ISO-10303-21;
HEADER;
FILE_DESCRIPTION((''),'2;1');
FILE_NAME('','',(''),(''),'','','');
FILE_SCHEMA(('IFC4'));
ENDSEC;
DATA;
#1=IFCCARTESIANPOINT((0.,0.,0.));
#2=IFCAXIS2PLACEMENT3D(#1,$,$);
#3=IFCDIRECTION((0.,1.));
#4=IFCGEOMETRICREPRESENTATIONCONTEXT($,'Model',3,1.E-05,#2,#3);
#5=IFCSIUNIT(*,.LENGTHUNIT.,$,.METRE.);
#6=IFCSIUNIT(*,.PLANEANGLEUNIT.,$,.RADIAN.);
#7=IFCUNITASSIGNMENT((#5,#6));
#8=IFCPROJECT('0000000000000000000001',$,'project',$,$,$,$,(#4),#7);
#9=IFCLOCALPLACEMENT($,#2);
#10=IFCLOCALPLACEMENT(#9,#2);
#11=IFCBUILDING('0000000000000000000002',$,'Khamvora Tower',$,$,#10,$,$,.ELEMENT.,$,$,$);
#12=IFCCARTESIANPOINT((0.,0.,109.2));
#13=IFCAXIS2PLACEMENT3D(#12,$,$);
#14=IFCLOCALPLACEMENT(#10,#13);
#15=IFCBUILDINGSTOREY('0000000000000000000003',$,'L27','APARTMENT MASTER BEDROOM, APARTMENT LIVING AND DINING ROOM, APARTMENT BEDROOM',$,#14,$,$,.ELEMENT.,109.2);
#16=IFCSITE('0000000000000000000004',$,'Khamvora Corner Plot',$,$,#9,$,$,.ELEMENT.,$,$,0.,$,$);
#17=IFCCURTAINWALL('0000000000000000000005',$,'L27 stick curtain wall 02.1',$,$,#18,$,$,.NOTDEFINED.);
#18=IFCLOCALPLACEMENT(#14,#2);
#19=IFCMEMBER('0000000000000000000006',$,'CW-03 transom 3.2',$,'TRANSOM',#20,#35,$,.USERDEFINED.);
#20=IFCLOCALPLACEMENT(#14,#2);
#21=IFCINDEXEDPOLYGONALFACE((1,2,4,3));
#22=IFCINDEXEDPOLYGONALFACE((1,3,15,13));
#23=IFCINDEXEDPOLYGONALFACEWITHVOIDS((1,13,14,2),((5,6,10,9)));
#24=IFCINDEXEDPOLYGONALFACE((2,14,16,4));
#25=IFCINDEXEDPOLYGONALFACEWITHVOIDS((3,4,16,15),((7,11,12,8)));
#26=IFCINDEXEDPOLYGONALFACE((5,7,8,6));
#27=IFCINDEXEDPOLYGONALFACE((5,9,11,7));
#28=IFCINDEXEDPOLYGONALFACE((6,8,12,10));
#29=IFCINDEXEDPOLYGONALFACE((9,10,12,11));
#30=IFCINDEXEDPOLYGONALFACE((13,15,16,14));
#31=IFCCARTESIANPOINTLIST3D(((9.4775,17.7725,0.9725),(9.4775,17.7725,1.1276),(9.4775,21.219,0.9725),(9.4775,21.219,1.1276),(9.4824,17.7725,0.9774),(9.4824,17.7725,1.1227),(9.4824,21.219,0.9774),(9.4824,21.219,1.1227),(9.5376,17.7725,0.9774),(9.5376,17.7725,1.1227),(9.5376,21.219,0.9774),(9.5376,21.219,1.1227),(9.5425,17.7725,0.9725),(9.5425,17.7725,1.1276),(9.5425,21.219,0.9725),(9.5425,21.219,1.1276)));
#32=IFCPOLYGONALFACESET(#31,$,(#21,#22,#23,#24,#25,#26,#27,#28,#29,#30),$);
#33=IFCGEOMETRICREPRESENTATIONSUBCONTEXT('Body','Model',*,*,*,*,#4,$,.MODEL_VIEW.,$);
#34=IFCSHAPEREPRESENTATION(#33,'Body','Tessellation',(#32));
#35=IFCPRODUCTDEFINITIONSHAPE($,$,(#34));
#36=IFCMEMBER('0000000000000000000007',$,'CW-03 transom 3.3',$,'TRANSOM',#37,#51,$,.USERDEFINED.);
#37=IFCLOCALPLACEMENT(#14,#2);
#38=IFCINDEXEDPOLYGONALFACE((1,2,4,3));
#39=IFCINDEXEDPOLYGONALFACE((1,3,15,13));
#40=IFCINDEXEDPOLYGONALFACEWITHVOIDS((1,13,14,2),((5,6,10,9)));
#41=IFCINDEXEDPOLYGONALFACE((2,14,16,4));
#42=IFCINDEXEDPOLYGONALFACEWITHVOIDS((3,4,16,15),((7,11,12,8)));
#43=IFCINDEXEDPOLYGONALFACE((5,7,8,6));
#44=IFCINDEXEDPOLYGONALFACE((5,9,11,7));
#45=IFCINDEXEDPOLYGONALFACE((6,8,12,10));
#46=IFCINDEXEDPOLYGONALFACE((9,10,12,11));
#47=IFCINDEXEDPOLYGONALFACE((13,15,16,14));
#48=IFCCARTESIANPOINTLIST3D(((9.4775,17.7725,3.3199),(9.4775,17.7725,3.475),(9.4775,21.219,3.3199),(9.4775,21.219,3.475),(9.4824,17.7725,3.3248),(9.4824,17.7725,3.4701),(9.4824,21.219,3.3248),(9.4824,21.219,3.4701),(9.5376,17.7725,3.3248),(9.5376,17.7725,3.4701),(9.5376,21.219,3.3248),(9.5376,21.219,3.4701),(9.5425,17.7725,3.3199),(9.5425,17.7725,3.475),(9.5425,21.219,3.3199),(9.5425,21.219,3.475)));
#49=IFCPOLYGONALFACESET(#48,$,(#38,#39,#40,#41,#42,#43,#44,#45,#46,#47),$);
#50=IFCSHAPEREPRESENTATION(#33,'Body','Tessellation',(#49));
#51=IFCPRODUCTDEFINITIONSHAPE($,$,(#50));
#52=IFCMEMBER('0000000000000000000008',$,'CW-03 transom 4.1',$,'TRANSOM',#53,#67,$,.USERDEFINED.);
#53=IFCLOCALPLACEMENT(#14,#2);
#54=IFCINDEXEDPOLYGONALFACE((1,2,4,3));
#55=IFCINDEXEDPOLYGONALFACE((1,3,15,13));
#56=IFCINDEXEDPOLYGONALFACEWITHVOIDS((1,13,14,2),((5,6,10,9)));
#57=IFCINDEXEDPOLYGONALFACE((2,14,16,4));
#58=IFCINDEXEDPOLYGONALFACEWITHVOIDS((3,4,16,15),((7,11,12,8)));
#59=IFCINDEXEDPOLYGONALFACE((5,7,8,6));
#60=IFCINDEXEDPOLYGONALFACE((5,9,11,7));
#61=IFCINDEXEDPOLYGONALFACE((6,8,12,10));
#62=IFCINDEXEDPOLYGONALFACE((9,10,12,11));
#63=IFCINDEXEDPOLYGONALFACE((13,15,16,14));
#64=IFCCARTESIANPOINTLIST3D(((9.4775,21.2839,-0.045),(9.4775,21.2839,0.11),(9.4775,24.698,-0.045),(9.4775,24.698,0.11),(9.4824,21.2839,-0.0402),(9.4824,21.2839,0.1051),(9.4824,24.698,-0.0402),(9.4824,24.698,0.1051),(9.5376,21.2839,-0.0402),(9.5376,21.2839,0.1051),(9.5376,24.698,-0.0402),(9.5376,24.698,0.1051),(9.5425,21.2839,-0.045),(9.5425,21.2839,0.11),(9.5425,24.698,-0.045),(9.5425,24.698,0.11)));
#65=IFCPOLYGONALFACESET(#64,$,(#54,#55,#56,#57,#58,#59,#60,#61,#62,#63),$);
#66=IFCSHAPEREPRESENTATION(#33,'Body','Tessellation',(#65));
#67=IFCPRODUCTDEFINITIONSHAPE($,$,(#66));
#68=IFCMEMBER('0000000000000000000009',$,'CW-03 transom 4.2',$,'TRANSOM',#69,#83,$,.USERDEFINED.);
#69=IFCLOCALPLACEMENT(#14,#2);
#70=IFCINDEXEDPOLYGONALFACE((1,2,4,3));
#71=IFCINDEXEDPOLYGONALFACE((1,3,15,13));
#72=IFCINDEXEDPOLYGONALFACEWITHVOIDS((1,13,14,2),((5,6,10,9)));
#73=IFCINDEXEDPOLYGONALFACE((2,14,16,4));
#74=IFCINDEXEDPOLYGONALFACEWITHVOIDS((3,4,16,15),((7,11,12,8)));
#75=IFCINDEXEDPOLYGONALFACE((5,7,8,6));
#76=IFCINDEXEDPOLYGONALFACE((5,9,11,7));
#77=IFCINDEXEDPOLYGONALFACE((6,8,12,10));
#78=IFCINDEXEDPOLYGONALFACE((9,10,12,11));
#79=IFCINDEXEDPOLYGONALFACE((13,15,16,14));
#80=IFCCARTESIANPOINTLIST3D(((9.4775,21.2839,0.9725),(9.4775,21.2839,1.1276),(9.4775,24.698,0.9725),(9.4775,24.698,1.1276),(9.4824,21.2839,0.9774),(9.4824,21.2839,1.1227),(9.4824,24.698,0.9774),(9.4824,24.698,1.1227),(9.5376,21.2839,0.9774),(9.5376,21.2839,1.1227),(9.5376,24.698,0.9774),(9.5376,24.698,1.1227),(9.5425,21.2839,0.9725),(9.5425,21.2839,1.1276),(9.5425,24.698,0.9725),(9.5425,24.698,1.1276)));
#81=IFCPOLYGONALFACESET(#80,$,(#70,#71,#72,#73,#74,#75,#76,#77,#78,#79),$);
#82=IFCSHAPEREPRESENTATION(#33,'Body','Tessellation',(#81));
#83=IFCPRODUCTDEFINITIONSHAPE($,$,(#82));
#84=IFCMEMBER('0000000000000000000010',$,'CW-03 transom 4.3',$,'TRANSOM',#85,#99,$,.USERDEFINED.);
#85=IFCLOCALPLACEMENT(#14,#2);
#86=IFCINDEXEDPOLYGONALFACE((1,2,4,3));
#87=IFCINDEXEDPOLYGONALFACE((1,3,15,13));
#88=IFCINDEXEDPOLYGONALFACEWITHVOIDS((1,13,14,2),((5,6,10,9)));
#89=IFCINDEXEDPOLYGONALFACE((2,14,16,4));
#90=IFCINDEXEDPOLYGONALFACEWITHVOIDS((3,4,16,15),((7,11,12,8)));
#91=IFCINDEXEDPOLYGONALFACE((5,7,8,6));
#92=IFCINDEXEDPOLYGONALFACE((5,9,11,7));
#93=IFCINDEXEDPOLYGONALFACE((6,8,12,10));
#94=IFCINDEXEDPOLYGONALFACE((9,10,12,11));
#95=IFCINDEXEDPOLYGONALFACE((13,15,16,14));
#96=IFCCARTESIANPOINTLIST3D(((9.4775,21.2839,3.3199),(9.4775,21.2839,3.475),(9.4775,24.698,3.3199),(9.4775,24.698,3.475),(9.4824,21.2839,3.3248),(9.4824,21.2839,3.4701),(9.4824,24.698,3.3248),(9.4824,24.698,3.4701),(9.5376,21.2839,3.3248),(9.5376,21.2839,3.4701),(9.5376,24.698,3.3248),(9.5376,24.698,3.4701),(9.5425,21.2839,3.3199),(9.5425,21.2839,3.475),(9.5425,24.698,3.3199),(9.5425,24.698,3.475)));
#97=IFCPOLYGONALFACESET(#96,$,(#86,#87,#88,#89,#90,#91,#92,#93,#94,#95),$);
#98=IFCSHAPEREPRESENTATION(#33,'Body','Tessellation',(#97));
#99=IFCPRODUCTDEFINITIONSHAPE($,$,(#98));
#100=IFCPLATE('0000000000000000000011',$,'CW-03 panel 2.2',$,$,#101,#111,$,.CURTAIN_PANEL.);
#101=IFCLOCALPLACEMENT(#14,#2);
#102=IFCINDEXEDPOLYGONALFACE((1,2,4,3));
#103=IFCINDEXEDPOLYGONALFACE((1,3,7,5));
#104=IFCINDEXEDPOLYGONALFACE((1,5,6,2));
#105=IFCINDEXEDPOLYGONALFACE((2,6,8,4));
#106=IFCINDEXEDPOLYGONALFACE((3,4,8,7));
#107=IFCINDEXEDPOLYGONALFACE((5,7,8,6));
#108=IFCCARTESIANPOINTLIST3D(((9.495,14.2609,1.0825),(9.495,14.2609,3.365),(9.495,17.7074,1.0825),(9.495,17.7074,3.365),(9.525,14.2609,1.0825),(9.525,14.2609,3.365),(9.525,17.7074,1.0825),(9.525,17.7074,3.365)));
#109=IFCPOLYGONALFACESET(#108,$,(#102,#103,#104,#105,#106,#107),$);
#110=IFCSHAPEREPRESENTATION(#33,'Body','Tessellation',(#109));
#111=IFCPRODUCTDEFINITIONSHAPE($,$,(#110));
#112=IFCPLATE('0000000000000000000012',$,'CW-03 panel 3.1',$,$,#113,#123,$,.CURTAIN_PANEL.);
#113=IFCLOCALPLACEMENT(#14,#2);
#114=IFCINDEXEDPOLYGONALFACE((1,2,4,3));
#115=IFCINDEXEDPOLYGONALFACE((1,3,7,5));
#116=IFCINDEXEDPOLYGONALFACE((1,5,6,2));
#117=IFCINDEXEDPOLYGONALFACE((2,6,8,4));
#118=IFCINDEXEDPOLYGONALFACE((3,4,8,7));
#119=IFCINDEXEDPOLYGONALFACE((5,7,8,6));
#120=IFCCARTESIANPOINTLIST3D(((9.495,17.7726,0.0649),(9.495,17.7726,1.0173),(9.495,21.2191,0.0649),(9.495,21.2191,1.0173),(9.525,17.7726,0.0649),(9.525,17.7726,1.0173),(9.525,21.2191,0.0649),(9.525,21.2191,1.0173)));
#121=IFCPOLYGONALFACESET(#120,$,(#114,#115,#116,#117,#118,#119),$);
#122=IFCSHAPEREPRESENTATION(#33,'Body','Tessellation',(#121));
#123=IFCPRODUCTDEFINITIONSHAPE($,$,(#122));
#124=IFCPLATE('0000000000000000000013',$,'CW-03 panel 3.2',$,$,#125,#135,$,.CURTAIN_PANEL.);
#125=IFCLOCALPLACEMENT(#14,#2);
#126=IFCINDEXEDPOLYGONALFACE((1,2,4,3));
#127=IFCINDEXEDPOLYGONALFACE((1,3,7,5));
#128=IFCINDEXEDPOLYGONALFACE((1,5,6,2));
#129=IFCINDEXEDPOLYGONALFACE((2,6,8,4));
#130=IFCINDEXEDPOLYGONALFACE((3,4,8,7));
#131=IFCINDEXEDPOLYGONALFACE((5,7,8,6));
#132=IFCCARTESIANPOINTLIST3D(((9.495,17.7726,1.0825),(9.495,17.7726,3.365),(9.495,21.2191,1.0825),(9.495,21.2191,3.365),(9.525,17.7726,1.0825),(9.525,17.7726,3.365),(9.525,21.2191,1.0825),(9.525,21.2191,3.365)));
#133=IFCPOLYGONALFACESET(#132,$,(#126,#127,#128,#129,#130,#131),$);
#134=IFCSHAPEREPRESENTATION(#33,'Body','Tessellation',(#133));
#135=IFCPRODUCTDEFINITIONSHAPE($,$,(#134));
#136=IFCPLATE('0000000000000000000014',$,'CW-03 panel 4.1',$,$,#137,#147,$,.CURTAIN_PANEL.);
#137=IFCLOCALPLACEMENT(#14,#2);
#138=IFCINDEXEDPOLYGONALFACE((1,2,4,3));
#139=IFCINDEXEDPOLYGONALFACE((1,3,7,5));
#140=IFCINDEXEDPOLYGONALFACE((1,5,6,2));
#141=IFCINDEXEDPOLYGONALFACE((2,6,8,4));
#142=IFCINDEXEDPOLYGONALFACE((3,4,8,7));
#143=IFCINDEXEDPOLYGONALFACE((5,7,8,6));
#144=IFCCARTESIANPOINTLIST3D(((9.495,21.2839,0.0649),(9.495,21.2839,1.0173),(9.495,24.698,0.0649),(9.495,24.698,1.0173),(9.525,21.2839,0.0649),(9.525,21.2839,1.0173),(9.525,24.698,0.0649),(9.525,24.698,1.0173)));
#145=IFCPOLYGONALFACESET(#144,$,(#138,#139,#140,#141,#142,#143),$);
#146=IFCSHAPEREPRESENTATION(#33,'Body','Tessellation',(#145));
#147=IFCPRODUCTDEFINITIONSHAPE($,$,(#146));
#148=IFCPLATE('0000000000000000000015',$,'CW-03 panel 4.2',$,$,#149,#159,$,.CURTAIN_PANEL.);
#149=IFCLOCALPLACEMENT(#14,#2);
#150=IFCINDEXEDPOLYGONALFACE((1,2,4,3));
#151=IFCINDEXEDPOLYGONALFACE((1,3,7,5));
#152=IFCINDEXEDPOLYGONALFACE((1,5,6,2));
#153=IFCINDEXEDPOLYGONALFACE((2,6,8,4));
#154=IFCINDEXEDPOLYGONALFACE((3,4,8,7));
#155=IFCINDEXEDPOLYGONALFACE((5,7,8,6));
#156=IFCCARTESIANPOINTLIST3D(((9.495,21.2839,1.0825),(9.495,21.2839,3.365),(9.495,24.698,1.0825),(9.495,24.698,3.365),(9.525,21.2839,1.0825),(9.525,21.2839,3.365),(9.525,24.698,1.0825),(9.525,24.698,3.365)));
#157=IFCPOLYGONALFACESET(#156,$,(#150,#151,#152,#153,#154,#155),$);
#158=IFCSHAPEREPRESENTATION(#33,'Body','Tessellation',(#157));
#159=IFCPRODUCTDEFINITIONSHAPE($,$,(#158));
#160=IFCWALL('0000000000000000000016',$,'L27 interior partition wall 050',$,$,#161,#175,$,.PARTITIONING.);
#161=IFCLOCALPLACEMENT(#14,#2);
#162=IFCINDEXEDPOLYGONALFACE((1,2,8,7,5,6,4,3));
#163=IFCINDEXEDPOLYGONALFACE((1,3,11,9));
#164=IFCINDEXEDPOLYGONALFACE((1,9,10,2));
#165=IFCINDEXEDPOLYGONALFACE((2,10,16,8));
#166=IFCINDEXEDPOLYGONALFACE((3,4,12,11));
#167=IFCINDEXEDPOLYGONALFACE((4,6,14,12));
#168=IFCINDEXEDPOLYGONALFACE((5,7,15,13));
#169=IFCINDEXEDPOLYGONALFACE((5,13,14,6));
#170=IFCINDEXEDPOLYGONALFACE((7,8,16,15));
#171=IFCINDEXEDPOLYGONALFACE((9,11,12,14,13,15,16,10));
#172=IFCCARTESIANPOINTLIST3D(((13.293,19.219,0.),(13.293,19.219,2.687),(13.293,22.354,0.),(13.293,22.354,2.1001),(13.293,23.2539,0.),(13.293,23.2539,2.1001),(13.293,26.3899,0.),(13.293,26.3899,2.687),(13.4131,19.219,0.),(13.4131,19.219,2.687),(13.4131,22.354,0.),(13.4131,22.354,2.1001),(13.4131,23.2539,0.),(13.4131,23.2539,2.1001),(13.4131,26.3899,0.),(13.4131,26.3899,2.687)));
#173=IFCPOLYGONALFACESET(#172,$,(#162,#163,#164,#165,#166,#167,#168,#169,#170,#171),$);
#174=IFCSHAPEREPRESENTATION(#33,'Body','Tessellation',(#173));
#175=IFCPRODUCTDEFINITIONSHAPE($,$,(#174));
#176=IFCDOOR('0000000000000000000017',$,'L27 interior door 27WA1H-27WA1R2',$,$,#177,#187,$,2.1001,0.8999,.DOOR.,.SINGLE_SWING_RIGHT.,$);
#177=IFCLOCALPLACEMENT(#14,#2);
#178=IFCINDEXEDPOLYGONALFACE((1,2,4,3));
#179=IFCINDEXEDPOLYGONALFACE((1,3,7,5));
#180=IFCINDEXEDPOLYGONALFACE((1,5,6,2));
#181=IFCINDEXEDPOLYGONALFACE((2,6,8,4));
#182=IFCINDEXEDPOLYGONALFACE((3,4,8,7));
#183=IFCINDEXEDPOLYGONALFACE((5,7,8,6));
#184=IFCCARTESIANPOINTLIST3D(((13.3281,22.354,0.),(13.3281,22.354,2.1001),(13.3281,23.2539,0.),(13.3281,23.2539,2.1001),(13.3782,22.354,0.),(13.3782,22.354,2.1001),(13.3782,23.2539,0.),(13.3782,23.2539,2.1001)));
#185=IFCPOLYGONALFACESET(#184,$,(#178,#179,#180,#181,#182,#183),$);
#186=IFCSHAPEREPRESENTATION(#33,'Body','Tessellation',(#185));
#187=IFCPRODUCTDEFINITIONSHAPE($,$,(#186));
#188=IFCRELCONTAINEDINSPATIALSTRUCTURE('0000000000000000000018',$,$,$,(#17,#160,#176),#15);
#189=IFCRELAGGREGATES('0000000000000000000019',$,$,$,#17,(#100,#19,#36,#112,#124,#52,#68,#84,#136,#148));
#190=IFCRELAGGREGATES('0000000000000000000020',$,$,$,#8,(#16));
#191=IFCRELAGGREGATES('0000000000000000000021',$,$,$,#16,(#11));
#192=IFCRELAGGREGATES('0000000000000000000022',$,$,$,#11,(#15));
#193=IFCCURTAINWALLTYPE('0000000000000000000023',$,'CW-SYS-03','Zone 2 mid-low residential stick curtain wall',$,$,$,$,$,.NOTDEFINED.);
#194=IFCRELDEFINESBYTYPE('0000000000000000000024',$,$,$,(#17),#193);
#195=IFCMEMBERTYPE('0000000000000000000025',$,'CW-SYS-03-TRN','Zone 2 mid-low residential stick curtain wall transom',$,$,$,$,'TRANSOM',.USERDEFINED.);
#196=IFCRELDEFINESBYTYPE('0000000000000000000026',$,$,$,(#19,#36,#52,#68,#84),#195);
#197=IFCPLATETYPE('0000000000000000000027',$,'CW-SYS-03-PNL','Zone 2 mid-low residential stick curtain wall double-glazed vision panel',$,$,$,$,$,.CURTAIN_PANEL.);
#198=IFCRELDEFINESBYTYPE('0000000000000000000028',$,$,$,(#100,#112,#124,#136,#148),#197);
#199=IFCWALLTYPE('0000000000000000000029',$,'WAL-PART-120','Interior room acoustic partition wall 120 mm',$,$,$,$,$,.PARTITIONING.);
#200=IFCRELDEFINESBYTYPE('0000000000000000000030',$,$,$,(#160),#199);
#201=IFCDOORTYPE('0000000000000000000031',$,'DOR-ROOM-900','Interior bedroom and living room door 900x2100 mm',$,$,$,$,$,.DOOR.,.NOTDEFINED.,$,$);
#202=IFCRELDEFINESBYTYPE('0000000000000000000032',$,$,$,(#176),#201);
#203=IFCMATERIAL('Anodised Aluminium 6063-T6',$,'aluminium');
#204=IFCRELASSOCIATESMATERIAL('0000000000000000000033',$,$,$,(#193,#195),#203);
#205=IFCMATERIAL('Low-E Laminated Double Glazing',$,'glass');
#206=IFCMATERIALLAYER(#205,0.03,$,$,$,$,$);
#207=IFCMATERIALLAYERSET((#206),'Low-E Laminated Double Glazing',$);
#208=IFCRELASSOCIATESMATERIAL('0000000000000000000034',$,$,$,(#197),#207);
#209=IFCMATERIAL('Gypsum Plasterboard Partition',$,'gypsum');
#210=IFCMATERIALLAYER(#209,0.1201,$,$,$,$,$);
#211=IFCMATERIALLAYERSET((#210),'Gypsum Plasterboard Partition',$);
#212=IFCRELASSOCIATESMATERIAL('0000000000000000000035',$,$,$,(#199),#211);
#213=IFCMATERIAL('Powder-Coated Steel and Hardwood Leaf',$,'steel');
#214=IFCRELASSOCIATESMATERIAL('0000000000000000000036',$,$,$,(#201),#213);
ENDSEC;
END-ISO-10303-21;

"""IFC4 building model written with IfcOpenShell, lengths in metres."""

from ifc_helpers import new_model, si_unit, direction, frame, frame_2d, origin, origin_2d, place, context, subcontext, project, spatial, rectangle, hollow_rectangle, extrude, material, layer, layer_set, material_profile, profile_set, type_object, element, fill, aggregate, save


model = new_model("IFC4")

# Units and contexts
model_context = context("Model", 3, precision=1e-05, world=origin(), true_north=direction((0.0, 1.0)))
body_context = subcontext(model_context, "Body", "Model", "MODEL_VIEW")
ifc_project = project(units=[si_unit("LENGTHUNIT", "METRE"), si_unit("PLANEANGLEUNIT", "RADIAN")], contexts=[model_context])

# Site, building, storey
site_placement = place(None, origin())
site = spatial("IfcSite", under=ifc_project, at=site_placement, Name="Khamvora Corner Plot", CompositionType="ELEMENT", RefElevation=0.0)
building_placement = place(site_placement, origin())
building = spatial("IfcBuilding", under=site, at=building_placement, Name="Khamvora Tower", CompositionType="ELEMENT")
storey_placement = place(building_placement, frame((0.0, 0.0, 109.2)))
storey = spatial("IfcBuildingStorey", under=building, at=storey_placement, Name="L27", Description="APARTMENT MASTER BEDROOM, APARTMENT LIVING AND DINING ROOM, APARTMENT BEDROOM", CompositionType="ELEMENT", Elevation=109.2)

# Curtain wall, members, plates
ifc_material_1 = material(Name="Anodised Aluminium 6063-T6", Category="aluminium")
curtain_wall_type = type_object("IfcCurtainWallType", Name="CW-SYS-03", Description="Zone 2 mid-low residential stick curtain wall", PredefinedType="NOTDEFINED", material=ifc_material_1)
curtain_wall_placement = place(storey_placement, origin())
curtain_wall = element("IfcCurtainWall", 1, at=curtain_wall_placement, inside=storey, type_object=curtain_wall_type, Name="L27 stick curtain wall 02.1", PredefinedType="NOTDEFINED")
ifc_material_profile_1 = material_profile(ifc_material_1, hollow_rectangle(XDim=0.0649, YDim=0.155, WallThickness=0.0049, at=origin_2d()), Name="TRN65x155x5")
ifc_profile_set_1 = profile_set([ifc_material_profile_1], Name="Anodised Aluminium 6063-T6")
member_type_1 = type_object("IfcMemberType", Name="CW-SYS-03-TRN", Description="Zone 2 mid-low residential stick curtain wall transom", ElementType="TRANSOM", PredefinedType="USERDEFINED", material=ifc_profile_set_1)
member_1_placement = place(storey_placement, frame((9.51, 17.7725, 1.05), z_axis=(0.0, 1.0, 0.0), x_axis=(-1.0, 0.0, 0.0)))
member_1 = element("IfcMember", 2, at=member_1_placement, type_object=member_type_1, Name="CW-03 transom 3.2", ObjectType="TRANSOM", PredefinedType="USERDEFINED", context=body_context, shape_type="SweptSolid", body=[
    extrude(hollow_rectangle(XDim=0.0649, YDim=0.155, WallThickness=0.0049, at=origin_2d()), origin(), (0.0, 0.0, 1.0), 3.4465),
])
member_2_placement = place(storey_placement, frame((9.51, 17.7725, 3.3975), z_axis=(0.0, 1.0, 0.0), x_axis=(-1.0, 0.0, 0.0)))
member_2 = element("IfcMember", 3, at=member_2_placement, type_object=member_type_1, Name="CW-03 transom 3.3", ObjectType="TRANSOM", PredefinedType="USERDEFINED", context=body_context, shape_type="SweptSolid", body=[
    extrude(hollow_rectangle(XDim=0.0649, YDim=0.155, WallThickness=0.0049, at=origin_2d()), origin(), (0.0, 0.0, 1.0), 3.4465),
])
member_3_placement = place(storey_placement, frame((9.51, 21.2839, 0.0325), z_axis=(0.0, 1.0, 0.0), x_axis=(-1.0, 0.0, 0.0)))
member_3 = element("IfcMember", 4, at=member_3_placement, type_object=member_type_1, Name="CW-03 transom 4.1", ObjectType="TRANSOM", PredefinedType="USERDEFINED", context=body_context, shape_type="SweptSolid", body=[
    extrude(hollow_rectangle(XDim=0.0649, YDim=0.155, WallThickness=0.0049, at=origin_2d()), origin(), (0.0, 0.0, 1.0), 3.4141),
])
member_4_placement = place(storey_placement, frame((9.51, 21.2839, 1.05), z_axis=(0.0, 1.0, 0.0), x_axis=(-1.0, 0.0, 0.0)))
member_4 = element("IfcMember", 5, at=member_4_placement, type_object=member_type_1, Name="CW-03 transom 4.2", ObjectType="TRANSOM", PredefinedType="USERDEFINED", context=body_context, shape_type="SweptSolid", body=[
    extrude(hollow_rectangle(XDim=0.0649, YDim=0.155, WallThickness=0.0049, at=origin_2d()), origin(), (0.0, 0.0, 1.0), 3.4141),
])
member_5_placement = place(storey_placement, frame((9.51, 21.2839, 3.3975), z_axis=(0.0, 1.0, 0.0), x_axis=(-1.0, 0.0, 0.0)))
member_5 = element("IfcMember", 6, at=member_5_placement, type_object=member_type_1, Name="CW-03 transom 4.3", ObjectType="TRANSOM", PredefinedType="USERDEFINED", context=body_context, shape_type="SweptSolid", body=[
    extrude(hollow_rectangle(XDim=0.0649, YDim=0.155, WallThickness=0.0049, at=origin_2d()), origin(), (0.0, 0.0, 1.0), 3.4141),
])
ifc_material_2 = material(Name="Low-E Laminated Double Glazing", Category="glass")
ifc_layer_1 = layer(ifc_material_2, 0.03)
ifc_layer_set_1 = layer_set([ifc_layer_1], Name="Low-E Laminated Double Glazing")
plate_type = type_object("IfcPlateType", Name="CW-SYS-03-PNL", Description="Zone 2 mid-low residential stick curtain wall double-glazed vision panel", PredefinedType="CURTAIN_PANEL", material=ifc_layer_set_1)
plate_1_placement = place(storey_placement, frame((9.51, 15.9841, 1.0825), z_axis=(0.0, 0.0, 1.0), x_axis=(0.0, 1.0, 0.0)))
plate_1 = element("IfcPlate", 7, at=plate_1_placement, type_object=plate_type, Name="CW-03 panel 2.2", PredefinedType="CURTAIN_PANEL", context=body_context, shape_type="SweptSolid", body=[
    extrude(rectangle(XDim=3.4465, YDim=0.03, at=origin_2d()), origin(), (0.0, 0.0, 1.0), 2.2825),
])
plate_2_placement = place(storey_placement, frame((9.51, 19.4958, 0.0649), z_axis=(0.0, 0.0, 1.0), x_axis=(0.0, 1.0, 0.0)))
plate_2 = element("IfcPlate", 8, at=plate_2_placement, type_object=plate_type, Name="CW-03 panel 3.1", PredefinedType="CURTAIN_PANEL", context=body_context, shape_type="SweptSolid", body=[
    extrude(rectangle(XDim=3.4465, YDim=0.03, at=origin_2d()), origin(), (0.0, 0.0, 1.0), 0.9524),
])
plate_3_placement = place(storey_placement, frame((9.51, 19.4958, 1.0825), z_axis=(0.0, 0.0, 1.0), x_axis=(0.0, 1.0, 0.0)))
plate_3 = element("IfcPlate", 9, at=plate_3_placement, type_object=plate_type, Name="CW-03 panel 3.2", PredefinedType="CURTAIN_PANEL", context=body_context, shape_type="SweptSolid", body=[
    extrude(rectangle(XDim=3.4465, YDim=0.03, at=origin_2d()), origin(), (0.0, 0.0, 1.0), 2.2825),
])
plate_4_placement = place(storey_placement, frame((9.51, 22.991, 0.0649), z_axis=(0.0, 0.0, 1.0), x_axis=(0.0, 1.0, 0.0)))
plate_4 = element("IfcPlate", 10, at=plate_4_placement, type_object=plate_type, Name="CW-03 panel 4.1", PredefinedType="CURTAIN_PANEL", context=body_context, shape_type="SweptSolid", body=[
    extrude(rectangle(XDim=3.4141, YDim=0.03, at=origin_2d()), origin(), (0.0, 0.0, 1.0), 0.9524),
])
plate_5_placement = place(storey_placement, frame((9.51, 22.991, 1.0825), z_axis=(0.0, 0.0, 1.0), x_axis=(0.0, 1.0, 0.0)))
plate_5 = element("IfcPlate", 11, at=plate_5_placement, type_object=plate_type, Name="CW-03 panel 4.2", PredefinedType="CURTAIN_PANEL", context=body_context, shape_type="SweptSolid", body=[
    extrude(rectangle(XDim=3.4141, YDim=0.03, at=origin_2d()), origin(), (0.0, 0.0, 1.0), 2.2825),
])
aggregate(curtain_wall, [plate_1, member_1, member_2, plate_2, plate_3, member_3, member_4, member_5, plate_4, plate_5])

# Wall, opening, door
ifc_material_3 = material(Name="Gypsum Plasterboard Partition", Category="gypsum")
ifc_layer_2 = layer(ifc_material_3, 0.1201)
ifc_layer_set_2 = layer_set([ifc_layer_2], Name="Gypsum Plasterboard Partition")
wall_type = type_object("IfcWallType", Name="WAL-PART-120", Description="Interior room acoustic partition wall 120 mm", PredefinedType="PARTITIONING", material=ifc_layer_set_2)
wall_1_placement = place(storey_placement, frame((13.353, 19.219, 0.0), z_axis=(0.0, 0.0, 1.0), x_axis=(0.0, 1.0, 0.0)))
wall_1 = element("IfcWall", 12, at=wall_1_placement, inside=storey, type_object=wall_type, Name="L27 interior partition wall 050", PredefinedType="PARTITIONING", context=body_context, shape_type="SweptSolid", body=[
    extrude(rectangle(XDim=7.1709, YDim=0.1201, at=frame_2d((3.5854, 0.0))), origin(), (0.0, 0.0, 1.0), 2.687),
])
opening_1_placement = place(wall_1_placement, frame((3.135, 0.0, 0.0)))
opening_1 = element("IfcOpeningElement", 13, at=opening_1_placement, cuts=wall_1, PredefinedType="OPENING", context=body_context, shape_type="SweptSolid", body=[
    extrude(rectangle(XDim=0.8999, YDim=2.1001, at=frame_2d((0.45, 1.05))), frame((0.0, 0.0701, 0.0), z_axis=(0.0, -1.0, 0.0), x_axis=(1.0, 0.0, 0.0)), (0.0, 0.0, 1.0), 0.1401),
])
ifc_material_4 = material(Name="Powder-Coated Steel and Hardwood Leaf", Category="steel")
door_type = type_object("IfcDoorType", Name="DOR-ROOM-900", Description="Interior bedroom and living room door 900x2100 mm", OperationType="NOTDEFINED", PredefinedType="DOOR", material=ifc_material_4)
door_1_placement = place(opening_1_placement, origin())
door_1 = element("IfcDoor", 14, at=door_1_placement, inside=storey, type_object=door_type, Name="L27 interior door 27WA1H-27WA1R2", OperationType="SINGLE_SWING_RIGHT", OverallHeight=2.1001, OverallWidth=0.8999, PredefinedType="DOOR", context=body_context, shape_type="SweptSolid", body=[
    extrude(rectangle(XDim=0.8999, YDim=2.1001, at=frame_2d((0.45, 1.05))), frame((0.0, 0.0249, 0.0), z_axis=(0.0, -1.0, 0.0), x_axis=(1.0, 0.0, 0.0)), (0.0, 0.0, 1.0), 0.05),
])
fill(opening_1, door_1)

save(model, "model.ifc")
